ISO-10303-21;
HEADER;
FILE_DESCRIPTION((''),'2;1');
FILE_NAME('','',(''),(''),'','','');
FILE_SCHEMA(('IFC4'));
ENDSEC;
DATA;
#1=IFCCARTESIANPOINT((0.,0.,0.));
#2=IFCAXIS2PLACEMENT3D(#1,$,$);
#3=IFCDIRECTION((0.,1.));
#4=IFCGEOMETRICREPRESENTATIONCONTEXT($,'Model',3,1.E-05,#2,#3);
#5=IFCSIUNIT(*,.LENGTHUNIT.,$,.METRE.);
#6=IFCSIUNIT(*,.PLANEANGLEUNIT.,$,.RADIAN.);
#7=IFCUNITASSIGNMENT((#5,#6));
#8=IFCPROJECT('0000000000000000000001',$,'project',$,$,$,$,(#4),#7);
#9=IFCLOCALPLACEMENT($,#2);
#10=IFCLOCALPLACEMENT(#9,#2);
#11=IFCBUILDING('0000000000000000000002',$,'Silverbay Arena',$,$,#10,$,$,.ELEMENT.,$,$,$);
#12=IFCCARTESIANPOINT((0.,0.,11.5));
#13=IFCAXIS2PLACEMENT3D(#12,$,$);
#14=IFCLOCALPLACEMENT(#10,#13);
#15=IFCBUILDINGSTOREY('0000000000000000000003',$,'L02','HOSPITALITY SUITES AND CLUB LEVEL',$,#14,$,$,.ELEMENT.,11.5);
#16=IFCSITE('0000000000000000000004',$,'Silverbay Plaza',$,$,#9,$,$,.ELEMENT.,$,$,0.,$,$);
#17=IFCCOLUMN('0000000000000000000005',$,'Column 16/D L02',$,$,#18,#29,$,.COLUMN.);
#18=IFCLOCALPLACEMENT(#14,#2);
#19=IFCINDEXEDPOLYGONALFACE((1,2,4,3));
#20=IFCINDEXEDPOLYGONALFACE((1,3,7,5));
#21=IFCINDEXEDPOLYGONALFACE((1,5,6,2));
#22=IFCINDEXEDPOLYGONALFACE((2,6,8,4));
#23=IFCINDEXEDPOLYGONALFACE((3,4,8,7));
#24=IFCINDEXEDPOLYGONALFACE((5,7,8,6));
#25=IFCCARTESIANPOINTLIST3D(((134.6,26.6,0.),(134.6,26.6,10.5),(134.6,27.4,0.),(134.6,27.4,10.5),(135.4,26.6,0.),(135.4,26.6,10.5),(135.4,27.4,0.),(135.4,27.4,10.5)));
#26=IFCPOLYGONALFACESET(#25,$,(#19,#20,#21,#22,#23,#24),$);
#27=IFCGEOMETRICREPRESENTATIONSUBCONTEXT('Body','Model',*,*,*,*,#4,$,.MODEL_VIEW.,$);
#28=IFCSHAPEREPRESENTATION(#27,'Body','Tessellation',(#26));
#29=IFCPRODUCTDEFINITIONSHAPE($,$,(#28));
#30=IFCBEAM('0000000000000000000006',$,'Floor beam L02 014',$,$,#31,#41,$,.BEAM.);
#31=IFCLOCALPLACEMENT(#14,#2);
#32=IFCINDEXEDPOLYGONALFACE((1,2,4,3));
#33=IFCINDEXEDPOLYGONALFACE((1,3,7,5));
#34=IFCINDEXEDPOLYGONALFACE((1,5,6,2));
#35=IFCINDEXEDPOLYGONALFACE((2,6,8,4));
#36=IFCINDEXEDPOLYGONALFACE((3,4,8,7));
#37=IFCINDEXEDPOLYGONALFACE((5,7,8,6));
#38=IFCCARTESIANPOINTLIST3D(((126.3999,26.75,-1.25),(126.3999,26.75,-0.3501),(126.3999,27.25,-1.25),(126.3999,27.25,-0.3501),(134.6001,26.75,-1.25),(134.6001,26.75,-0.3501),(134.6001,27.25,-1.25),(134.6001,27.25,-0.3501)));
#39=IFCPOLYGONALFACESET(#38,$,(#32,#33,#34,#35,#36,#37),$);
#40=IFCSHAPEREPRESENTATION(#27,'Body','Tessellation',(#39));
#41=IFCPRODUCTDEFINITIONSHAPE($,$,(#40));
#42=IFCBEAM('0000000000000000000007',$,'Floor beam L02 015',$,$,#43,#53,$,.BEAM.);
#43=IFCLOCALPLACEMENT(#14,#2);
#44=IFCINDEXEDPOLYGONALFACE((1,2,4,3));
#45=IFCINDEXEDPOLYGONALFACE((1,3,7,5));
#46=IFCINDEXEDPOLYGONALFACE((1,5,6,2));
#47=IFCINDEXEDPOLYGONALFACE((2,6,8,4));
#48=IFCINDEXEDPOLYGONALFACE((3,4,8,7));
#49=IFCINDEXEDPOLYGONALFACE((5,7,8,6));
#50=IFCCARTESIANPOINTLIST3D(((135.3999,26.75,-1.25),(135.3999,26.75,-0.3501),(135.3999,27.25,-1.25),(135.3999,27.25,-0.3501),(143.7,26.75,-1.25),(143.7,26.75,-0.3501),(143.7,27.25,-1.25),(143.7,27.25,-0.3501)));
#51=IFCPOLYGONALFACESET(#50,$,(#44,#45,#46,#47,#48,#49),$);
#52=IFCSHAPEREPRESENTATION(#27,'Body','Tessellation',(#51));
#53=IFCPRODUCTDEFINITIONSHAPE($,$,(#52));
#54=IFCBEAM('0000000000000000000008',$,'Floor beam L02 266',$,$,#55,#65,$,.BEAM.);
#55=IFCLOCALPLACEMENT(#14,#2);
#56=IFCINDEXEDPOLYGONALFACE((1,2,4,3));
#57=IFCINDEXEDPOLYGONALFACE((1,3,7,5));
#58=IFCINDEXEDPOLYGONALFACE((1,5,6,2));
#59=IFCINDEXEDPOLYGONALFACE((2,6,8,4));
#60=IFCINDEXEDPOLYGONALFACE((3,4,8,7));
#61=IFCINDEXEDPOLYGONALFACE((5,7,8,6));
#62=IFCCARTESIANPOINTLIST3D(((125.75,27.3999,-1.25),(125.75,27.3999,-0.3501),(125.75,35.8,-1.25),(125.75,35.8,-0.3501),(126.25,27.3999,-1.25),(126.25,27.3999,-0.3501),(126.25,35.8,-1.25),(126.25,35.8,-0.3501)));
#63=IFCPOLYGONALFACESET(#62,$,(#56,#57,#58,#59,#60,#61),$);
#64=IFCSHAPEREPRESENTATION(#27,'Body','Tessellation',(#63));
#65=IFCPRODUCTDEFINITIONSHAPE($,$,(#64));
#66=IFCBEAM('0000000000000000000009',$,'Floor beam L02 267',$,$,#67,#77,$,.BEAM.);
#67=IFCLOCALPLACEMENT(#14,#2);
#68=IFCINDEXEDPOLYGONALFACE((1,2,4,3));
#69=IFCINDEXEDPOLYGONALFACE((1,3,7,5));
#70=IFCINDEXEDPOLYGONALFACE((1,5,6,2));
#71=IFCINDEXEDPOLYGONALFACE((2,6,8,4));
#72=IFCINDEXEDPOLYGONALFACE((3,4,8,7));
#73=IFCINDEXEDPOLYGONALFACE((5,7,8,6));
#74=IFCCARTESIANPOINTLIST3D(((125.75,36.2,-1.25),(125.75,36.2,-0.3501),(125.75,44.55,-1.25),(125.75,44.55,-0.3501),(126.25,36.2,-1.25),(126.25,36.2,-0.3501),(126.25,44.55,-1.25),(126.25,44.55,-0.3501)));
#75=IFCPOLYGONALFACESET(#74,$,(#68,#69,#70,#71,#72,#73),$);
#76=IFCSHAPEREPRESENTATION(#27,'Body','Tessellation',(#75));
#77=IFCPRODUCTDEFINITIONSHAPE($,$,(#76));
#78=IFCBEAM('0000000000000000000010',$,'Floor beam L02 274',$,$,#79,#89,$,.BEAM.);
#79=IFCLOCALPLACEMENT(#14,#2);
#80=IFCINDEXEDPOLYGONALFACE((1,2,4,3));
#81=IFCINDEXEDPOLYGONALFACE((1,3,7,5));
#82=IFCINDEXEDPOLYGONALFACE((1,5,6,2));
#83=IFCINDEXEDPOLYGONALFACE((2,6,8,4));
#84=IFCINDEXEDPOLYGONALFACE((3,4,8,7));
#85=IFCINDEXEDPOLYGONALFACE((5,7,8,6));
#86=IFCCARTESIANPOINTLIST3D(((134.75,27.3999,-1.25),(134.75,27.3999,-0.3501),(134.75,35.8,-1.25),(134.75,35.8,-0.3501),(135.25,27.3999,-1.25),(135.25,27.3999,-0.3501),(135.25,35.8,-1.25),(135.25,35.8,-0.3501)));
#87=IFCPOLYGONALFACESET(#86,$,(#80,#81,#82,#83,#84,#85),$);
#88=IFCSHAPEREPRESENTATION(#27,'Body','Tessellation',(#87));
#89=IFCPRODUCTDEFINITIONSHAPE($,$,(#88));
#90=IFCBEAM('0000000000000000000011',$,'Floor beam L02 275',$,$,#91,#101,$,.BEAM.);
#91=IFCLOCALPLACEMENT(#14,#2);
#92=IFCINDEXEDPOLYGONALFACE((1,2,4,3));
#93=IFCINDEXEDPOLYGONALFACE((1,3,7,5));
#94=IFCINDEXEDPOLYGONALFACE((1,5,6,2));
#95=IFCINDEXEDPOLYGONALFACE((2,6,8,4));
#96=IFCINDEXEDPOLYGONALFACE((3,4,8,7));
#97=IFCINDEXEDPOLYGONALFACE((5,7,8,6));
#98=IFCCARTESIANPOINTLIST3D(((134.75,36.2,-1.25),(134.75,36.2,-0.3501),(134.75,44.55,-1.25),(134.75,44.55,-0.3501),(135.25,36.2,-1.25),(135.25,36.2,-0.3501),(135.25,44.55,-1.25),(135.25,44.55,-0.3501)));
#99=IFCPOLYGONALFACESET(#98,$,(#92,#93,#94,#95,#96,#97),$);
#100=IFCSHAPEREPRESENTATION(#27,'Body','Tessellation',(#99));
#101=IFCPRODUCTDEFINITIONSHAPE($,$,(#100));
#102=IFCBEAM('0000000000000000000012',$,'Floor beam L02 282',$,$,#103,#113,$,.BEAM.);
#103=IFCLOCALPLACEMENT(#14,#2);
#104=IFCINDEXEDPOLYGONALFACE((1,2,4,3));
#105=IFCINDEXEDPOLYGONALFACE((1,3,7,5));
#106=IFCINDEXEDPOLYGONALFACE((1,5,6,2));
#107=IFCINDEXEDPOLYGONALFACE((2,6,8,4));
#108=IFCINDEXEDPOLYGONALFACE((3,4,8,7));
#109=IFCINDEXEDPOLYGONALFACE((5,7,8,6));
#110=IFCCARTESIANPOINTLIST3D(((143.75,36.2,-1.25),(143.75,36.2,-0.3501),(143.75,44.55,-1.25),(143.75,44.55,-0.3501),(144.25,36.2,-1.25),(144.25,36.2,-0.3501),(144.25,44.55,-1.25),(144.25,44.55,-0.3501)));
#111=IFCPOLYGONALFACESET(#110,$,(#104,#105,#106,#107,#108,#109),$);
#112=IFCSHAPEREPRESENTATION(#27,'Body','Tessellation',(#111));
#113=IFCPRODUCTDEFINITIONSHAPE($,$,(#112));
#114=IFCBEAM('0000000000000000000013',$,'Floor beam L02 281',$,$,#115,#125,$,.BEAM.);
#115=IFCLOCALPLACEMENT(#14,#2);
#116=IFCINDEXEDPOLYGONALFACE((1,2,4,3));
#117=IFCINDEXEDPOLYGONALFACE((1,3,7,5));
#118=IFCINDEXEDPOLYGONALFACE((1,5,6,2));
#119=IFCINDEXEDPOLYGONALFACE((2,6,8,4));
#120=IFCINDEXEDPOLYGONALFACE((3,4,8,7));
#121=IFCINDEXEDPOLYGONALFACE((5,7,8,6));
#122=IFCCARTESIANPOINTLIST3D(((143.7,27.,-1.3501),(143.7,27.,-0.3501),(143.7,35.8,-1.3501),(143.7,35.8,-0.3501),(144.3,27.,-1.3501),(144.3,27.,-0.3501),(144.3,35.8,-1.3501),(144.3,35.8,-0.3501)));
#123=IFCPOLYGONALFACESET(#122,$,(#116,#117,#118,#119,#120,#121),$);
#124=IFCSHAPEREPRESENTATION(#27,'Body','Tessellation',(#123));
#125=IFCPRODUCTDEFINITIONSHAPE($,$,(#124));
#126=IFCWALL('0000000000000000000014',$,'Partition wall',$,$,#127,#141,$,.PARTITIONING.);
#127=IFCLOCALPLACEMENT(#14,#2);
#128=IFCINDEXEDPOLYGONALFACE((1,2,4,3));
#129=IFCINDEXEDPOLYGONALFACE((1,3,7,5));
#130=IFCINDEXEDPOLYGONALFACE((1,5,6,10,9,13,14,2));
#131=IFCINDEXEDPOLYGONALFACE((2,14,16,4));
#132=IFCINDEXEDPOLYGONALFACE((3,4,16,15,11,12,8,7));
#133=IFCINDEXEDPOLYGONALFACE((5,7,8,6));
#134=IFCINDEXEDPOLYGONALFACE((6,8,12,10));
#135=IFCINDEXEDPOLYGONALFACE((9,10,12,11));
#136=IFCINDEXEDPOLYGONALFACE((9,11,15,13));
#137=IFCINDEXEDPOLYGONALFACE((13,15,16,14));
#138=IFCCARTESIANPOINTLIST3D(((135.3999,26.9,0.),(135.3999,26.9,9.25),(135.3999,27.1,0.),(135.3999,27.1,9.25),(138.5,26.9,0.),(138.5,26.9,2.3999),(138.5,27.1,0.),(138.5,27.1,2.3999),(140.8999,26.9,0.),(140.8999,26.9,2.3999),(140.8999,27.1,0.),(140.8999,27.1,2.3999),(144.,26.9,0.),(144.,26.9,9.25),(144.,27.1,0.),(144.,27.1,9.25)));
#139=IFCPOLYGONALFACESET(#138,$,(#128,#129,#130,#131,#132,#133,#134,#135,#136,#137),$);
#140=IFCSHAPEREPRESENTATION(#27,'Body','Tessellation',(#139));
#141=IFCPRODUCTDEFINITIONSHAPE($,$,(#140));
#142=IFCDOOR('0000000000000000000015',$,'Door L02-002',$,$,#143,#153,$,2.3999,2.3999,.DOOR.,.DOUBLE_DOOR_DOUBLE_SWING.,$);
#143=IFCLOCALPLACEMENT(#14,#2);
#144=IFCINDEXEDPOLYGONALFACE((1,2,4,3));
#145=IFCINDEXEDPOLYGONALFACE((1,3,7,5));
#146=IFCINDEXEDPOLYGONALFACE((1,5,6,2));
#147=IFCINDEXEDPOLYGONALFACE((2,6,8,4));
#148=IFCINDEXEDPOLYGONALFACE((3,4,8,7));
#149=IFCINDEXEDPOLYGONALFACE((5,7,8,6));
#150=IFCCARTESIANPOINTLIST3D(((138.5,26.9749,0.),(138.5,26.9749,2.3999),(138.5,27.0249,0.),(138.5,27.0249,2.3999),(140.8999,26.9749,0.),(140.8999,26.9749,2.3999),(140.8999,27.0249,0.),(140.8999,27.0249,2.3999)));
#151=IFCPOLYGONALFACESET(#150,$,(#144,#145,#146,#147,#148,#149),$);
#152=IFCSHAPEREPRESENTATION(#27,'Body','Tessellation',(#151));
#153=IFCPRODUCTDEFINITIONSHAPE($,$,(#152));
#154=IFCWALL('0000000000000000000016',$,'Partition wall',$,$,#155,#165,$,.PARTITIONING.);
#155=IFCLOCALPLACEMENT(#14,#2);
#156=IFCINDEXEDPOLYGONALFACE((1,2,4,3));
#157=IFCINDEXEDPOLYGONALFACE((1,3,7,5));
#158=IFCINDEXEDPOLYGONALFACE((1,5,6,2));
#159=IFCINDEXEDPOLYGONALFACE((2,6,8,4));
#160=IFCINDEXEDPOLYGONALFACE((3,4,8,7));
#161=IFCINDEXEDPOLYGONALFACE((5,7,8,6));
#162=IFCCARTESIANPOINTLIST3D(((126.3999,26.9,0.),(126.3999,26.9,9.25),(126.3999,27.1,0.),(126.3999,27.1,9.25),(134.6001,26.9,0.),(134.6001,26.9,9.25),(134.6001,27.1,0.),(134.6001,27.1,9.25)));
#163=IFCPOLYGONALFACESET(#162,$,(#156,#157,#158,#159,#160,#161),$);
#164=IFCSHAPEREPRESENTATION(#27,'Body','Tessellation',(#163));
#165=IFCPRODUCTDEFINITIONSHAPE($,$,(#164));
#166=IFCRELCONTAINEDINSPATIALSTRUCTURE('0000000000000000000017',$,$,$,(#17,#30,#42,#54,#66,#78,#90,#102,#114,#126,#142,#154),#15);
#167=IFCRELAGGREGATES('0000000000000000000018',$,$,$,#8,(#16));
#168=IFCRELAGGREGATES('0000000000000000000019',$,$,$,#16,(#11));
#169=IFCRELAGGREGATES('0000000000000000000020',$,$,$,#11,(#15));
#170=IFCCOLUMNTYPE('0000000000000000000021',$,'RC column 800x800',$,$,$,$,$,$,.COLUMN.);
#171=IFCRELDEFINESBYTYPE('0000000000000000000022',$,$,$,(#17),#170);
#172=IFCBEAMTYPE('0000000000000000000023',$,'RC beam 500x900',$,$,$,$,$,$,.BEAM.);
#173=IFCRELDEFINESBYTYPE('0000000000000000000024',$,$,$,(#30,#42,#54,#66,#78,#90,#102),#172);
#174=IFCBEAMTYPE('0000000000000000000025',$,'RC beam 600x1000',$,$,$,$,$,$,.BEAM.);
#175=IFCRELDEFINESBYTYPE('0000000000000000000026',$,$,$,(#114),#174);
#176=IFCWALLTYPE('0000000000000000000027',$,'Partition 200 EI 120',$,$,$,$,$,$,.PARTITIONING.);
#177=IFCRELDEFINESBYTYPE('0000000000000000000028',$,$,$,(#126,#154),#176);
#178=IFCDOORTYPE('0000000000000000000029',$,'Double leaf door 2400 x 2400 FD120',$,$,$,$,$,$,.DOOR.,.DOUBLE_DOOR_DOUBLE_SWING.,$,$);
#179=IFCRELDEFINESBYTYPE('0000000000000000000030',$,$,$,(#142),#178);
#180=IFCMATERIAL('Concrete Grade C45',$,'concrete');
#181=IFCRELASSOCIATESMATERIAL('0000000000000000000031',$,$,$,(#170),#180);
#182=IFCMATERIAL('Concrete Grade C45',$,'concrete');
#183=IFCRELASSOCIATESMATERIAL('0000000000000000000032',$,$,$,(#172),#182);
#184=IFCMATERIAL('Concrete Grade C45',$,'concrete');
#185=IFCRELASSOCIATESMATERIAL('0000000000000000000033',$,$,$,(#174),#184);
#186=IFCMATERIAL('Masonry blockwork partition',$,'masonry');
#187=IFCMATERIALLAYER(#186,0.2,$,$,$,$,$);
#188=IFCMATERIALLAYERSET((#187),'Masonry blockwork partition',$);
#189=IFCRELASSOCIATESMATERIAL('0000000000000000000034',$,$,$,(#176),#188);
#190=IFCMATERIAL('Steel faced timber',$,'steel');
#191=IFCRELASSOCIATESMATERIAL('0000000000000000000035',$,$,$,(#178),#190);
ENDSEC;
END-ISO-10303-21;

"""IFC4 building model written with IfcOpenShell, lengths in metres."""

from ifc_helpers import new_model, si_unit, direction, frame, frame_2d, origin, origin_2d, place, context, subcontext, project, spatial, rectangle, extrude, material, layer, layer_set, material_profile, profile_set, type_object, element, fill, save


model = new_model("IFC4")

# Units and contexts
model_context = context("Model", 3, precision=1e-05, world=origin(), true_north=direction((0.0, 1.0)))
body_context = subcontext(model_context, "Body", "Model", "MODEL_VIEW")
ifc_project = project(units=[si_unit("LENGTHUNIT", "METRE"), si_unit("PLANEANGLEUNIT", "RADIAN")], contexts=[model_context])

# Site, building, storey
site_placement = place(None, origin())
site = spatial("IfcSite", under=ifc_project, at=site_placement, Name="Silverbay Plaza", CompositionType="ELEMENT", RefElevation=0.0)
building_placement = place(site_placement, origin())
building = spatial("IfcBuilding", under=site, at=building_placement, Name="Silverbay Arena", CompositionType="ELEMENT")
storey_placement = place(building_placement, frame((0.0, 0.0, 11.5)))
storey = spatial("IfcBuildingStorey", under=building, at=storey_placement, Name="L02", Description="HOSPITALITY SUITES AND CLUB LEVEL", CompositionType="ELEMENT", Elevation=11.5)

# Column
ifc_material_1 = material(Name="Concrete Grade C45", Category="concrete")
ifc_material_profile_1 = material_profile(ifc_material_1, rectangle(XDim=0.8, YDim=0.8, at=origin_2d()), Name="RC 800x800")
ifc_profile_set_1 = profile_set([ifc_material_profile_1], Name="Concrete Grade C45")
column_type = type_object("IfcColumnType", Name="RC column 800x800", PredefinedType="COLUMN", material=ifc_profile_set_1)
column_placement = place(storey_placement, frame((135.0, 27.0, 0.0), z_axis=(0.0, 0.0, 1.0), x_axis=(1.0, 0.0, 0.0)))
element("IfcColumn", 1, at=column_placement, inside=storey, type_object=column_type, Name="Column 16/D L02", PredefinedType="COLUMN", context=body_context, shape_type="SweptSolid", body=[
    extrude(rectangle(XDim=0.8, YDim=0.8, at=origin_2d()), origin(), (0.0, 0.0, 1.0), 10.5),
])

# Beams
ifc_material_2 = material(Name="Concrete Grade C45", Category="concrete")
ifc_material_profile_2 = material_profile(ifc_material_2, rectangle(XDim=0.5, YDim=0.8999, at=origin_2d()), Name="RC 500x900")
ifc_profile_set_2 = profile_set([ifc_material_profile_2], Name="Concrete Grade C45")
beam_type_1 = type_object("IfcBeamType", Name="RC beam 500x900", PredefinedType="BEAM", material=ifc_profile_set_2)
beam_1_placement = place(storey_placement, frame((126.3999, 27.0, -0.8), z_axis=(1.0, 0.0, 0.0), x_axis=(0.0, 1.0, 0.0)))
element("IfcBeam", 2, at=beam_1_placement, inside=storey, type_object=beam_type_1, Name="Floor beam L02 014", PredefinedType="BEAM", context=body_context, shape_type="SweptSolid", body=[
    extrude(rectangle(XDim=0.5, YDim=0.8999, at=origin_2d()), origin(), (0.0, 0.0, 1.0), 8.2002),
])
beam_2_placement = place(storey_placement, frame((135.3999, 27.0, -0.8), z_axis=(1.0, 0.0, 0.0), x_axis=(0.0, 1.0, 0.0)))
element("IfcBeam", 3, at=beam_2_placement, inside=storey, type_object=beam_type_1, Name="Floor beam L02 015", PredefinedType="BEAM", context=body_context, shape_type="SweptSolid", body=[
    extrude(rectangle(XDim=0.5, YDim=0.8999, at=origin_2d()), origin(), (0.0, 0.0, 1.0), 8.3),
])
beam_3_placement = place(storey_placement, frame((126.0, 27.3999, -0.8), z_axis=(0.0, 1.0, 0.0), x_axis=(-1.0, 0.0, 0.0)))
element("IfcBeam", 4, at=beam_3_placement, inside=storey, type_object=beam_type_1, Name="Floor beam L02 266", PredefinedType="BEAM", context=body_context, shape_type="SweptSolid", body=[
    extrude(rectangle(XDim=0.5, YDim=0.8999, at=origin_2d()), origin(), (0.0, 0.0, 1.0), 8.4001),
])
beam_4_placement = place(storey_placement, frame((126.0, 36.2, -0.8), z_axis=(0.0, 1.0, 0.0), x_axis=(-1.0, 0.0, 0.0)))
element("IfcBeam", 5, at=beam_4_placement, inside=storey, type_object=beam_type_1, Name="Floor beam L02 267", PredefinedType="BEAM", context=body_context, shape_type="SweptSolid", body=[
    extrude(rectangle(XDim=0.5, YDim=0.8999, at=origin_2d()), origin(), (0.0, 0.0, 1.0), 8.3501),
])
beam_5_placement = place(storey_placement, frame((135.0, 27.3999, -0.8), z_axis=(0.0, 1.0, 0.0), x_axis=(-1.0, 0.0, 0.0)))
element("IfcBeam", 6, at=beam_5_placement, inside=storey, type_object=beam_type_1, Name="Floor beam L02 274", PredefinedType="BEAM", context=body_context, shape_type="SweptSolid", body=[
    extrude(rectangle(XDim=0.5, YDim=0.8999, at=origin_2d()), origin(), (0.0, 0.0, 1.0), 8.4001),
])
for number, where, z_axis, x_axis, name in (
    (7, (135.0, 36.2, -0.8), (0.0, 1.0, 0.0), (-1.0, 0.0, 0.0), "Floor beam L02 275"),
    (8, (144.0, 36.2, -0.8), (0.0, 1.0, 0.0), (-1.0, 0.0, 0.0), "Floor beam L02 282"),
):
    element("IfcBeam", number, at=place(storey_placement, frame(where, z_axis=z_axis, x_axis=x_axis)), inside=storey, type_object=beam_type_1, Name=name, PredefinedType="BEAM", context=body_context, shape_type="SweptSolid", body=[
        extrude(rectangle(XDim=0.5, YDim=0.8999, at=origin_2d()), origin(), (0.0, 0.0, 1.0), 8.3501),
    ])
ifc_material_3 = material(Name="Concrete Grade C45", Category="concrete")
ifc_material_profile_3 = material_profile(ifc_material_3, rectangle(XDim=0.6001, YDim=1.0, at=origin_2d()), Name="RC 600x1000")
ifc_profile_set_3 = profile_set([ifc_material_profile_3], Name="Concrete Grade C45")
beam_type_2 = type_object("IfcBeamType", Name="RC beam 600x1000", PredefinedType="BEAM", material=ifc_profile_set_3)
beam_6_placement = place(storey_placement, frame((144.0, 27.0, -0.8501), z_axis=(0.0, 1.0, 0.0), x_axis=(-1.0, 0.0, 0.0)))
element("IfcBeam", 9, at=beam_6_placement, inside=storey, type_object=beam_type_2, Name="Floor beam L02 281", PredefinedType="BEAM", context=body_context, shape_type="SweptSolid", body=[
    extrude(rectangle(XDim=0.6001, YDim=1.0, at=origin_2d()), origin(), (0.0, 0.0, 1.0), 8.8),
])

# Wall, opening, door
ifc_material_4 = material(Name="Masonry blockwork partition", Category="masonry")
ifc_layer_1 = layer(ifc_material_4, 0.2)
ifc_layer_set_1 = layer_set([ifc_layer_1], Name="Masonry blockwork partition")
wall_type_1 = type_object("IfcWallType", Name="Partition 200 EI 120", PredefinedType="PARTITIONING", material=ifc_layer_set_1)
wall_1_placement = place(storey_placement, frame((135.3999, 27.0, 0.0), z_axis=(0.0, 0.0, 1.0), x_axis=(1.0, 0.0, 0.0)))
wall_1 = element("IfcWall", 10, at=wall_1_placement, inside=storey, type_object=wall_type_1, Name="Partition wall", PredefinedType="PARTITIONING", context=body_context, shape_type="SweptSolid", body=[
    extrude(rectangle(XDim=8.6001, YDim=0.2, at=frame_2d((4.3, 0.0))), origin(), (0.0, 0.0, 1.0), 9.25),
])
opening_1_placement = place(wall_1_placement, frame((3.1001, 0.0, 0.0)))
opening_1 = element("IfcOpeningElement", 11, at=opening_1_placement, cuts=wall_1, PredefinedType="OPENING", context=body_context, shape_type="SweptSolid", body=[
    extrude(rectangle(XDim=2.3999, YDim=2.3999, at=frame_2d((1.2, 1.2))), frame((0.0, 0.1099, 0.0), z_axis=(0.0, -1.0, 0.0), x_axis=(1.0, 0.0, 0.0)), (0.0, 0.0, 1.0), 0.22),
])
ifc_material_5 = material(Name="Steel faced timber", Category="steel")
door_type_1 = type_object("IfcDoorType", Name="Double leaf door 2400 x 2400 FD120", OperationType="DOUBLE_DOOR_DOUBLE_SWING", PredefinedType="DOOR", material=ifc_material_5)
door_1_placement = place(opening_1_placement, origin())
door_1 = element("IfcDoor", 12, at=door_1_placement, inside=storey, type_object=door_type_1, Name="Door L02-002", OperationType="DOUBLE_DOOR_DOUBLE_SWING", OverallHeight=2.3999, OverallWidth=2.3999, PredefinedType="DOOR", context=body_context, shape_type="SweptSolid", body=[
    extrude(rectangle(XDim=2.3999, YDim=2.3999, at=frame_2d((1.2, 1.2))), frame((0.0, 0.0249, 0.0), z_axis=(0.0, -1.0, 0.0), x_axis=(1.0, 0.0, 0.0)), (0.0, 0.0, 1.0), 0.05),
])
fill(opening_1, door_1)

# Wall
wall_2_placement = place(storey_placement, frame((126.3999, 27.0, 0.0), z_axis=(0.0, 0.0, 1.0), x_axis=(1.0, 0.0, 0.0)))
element("IfcWall", 13, at=wall_2_placement, inside=storey, type_object=wall_type_1, Name="Partition wall", PredefinedType="PARTITIONING", context=body_context, shape_type="SweptSolid", body=[
    extrude(rectangle(XDim=8.2002, YDim=0.2, at=frame_2d((4.1001, 0.0))), origin(), (0.0, 0.0, 1.0), 9.25),
])

save(model, "model.ifc")
